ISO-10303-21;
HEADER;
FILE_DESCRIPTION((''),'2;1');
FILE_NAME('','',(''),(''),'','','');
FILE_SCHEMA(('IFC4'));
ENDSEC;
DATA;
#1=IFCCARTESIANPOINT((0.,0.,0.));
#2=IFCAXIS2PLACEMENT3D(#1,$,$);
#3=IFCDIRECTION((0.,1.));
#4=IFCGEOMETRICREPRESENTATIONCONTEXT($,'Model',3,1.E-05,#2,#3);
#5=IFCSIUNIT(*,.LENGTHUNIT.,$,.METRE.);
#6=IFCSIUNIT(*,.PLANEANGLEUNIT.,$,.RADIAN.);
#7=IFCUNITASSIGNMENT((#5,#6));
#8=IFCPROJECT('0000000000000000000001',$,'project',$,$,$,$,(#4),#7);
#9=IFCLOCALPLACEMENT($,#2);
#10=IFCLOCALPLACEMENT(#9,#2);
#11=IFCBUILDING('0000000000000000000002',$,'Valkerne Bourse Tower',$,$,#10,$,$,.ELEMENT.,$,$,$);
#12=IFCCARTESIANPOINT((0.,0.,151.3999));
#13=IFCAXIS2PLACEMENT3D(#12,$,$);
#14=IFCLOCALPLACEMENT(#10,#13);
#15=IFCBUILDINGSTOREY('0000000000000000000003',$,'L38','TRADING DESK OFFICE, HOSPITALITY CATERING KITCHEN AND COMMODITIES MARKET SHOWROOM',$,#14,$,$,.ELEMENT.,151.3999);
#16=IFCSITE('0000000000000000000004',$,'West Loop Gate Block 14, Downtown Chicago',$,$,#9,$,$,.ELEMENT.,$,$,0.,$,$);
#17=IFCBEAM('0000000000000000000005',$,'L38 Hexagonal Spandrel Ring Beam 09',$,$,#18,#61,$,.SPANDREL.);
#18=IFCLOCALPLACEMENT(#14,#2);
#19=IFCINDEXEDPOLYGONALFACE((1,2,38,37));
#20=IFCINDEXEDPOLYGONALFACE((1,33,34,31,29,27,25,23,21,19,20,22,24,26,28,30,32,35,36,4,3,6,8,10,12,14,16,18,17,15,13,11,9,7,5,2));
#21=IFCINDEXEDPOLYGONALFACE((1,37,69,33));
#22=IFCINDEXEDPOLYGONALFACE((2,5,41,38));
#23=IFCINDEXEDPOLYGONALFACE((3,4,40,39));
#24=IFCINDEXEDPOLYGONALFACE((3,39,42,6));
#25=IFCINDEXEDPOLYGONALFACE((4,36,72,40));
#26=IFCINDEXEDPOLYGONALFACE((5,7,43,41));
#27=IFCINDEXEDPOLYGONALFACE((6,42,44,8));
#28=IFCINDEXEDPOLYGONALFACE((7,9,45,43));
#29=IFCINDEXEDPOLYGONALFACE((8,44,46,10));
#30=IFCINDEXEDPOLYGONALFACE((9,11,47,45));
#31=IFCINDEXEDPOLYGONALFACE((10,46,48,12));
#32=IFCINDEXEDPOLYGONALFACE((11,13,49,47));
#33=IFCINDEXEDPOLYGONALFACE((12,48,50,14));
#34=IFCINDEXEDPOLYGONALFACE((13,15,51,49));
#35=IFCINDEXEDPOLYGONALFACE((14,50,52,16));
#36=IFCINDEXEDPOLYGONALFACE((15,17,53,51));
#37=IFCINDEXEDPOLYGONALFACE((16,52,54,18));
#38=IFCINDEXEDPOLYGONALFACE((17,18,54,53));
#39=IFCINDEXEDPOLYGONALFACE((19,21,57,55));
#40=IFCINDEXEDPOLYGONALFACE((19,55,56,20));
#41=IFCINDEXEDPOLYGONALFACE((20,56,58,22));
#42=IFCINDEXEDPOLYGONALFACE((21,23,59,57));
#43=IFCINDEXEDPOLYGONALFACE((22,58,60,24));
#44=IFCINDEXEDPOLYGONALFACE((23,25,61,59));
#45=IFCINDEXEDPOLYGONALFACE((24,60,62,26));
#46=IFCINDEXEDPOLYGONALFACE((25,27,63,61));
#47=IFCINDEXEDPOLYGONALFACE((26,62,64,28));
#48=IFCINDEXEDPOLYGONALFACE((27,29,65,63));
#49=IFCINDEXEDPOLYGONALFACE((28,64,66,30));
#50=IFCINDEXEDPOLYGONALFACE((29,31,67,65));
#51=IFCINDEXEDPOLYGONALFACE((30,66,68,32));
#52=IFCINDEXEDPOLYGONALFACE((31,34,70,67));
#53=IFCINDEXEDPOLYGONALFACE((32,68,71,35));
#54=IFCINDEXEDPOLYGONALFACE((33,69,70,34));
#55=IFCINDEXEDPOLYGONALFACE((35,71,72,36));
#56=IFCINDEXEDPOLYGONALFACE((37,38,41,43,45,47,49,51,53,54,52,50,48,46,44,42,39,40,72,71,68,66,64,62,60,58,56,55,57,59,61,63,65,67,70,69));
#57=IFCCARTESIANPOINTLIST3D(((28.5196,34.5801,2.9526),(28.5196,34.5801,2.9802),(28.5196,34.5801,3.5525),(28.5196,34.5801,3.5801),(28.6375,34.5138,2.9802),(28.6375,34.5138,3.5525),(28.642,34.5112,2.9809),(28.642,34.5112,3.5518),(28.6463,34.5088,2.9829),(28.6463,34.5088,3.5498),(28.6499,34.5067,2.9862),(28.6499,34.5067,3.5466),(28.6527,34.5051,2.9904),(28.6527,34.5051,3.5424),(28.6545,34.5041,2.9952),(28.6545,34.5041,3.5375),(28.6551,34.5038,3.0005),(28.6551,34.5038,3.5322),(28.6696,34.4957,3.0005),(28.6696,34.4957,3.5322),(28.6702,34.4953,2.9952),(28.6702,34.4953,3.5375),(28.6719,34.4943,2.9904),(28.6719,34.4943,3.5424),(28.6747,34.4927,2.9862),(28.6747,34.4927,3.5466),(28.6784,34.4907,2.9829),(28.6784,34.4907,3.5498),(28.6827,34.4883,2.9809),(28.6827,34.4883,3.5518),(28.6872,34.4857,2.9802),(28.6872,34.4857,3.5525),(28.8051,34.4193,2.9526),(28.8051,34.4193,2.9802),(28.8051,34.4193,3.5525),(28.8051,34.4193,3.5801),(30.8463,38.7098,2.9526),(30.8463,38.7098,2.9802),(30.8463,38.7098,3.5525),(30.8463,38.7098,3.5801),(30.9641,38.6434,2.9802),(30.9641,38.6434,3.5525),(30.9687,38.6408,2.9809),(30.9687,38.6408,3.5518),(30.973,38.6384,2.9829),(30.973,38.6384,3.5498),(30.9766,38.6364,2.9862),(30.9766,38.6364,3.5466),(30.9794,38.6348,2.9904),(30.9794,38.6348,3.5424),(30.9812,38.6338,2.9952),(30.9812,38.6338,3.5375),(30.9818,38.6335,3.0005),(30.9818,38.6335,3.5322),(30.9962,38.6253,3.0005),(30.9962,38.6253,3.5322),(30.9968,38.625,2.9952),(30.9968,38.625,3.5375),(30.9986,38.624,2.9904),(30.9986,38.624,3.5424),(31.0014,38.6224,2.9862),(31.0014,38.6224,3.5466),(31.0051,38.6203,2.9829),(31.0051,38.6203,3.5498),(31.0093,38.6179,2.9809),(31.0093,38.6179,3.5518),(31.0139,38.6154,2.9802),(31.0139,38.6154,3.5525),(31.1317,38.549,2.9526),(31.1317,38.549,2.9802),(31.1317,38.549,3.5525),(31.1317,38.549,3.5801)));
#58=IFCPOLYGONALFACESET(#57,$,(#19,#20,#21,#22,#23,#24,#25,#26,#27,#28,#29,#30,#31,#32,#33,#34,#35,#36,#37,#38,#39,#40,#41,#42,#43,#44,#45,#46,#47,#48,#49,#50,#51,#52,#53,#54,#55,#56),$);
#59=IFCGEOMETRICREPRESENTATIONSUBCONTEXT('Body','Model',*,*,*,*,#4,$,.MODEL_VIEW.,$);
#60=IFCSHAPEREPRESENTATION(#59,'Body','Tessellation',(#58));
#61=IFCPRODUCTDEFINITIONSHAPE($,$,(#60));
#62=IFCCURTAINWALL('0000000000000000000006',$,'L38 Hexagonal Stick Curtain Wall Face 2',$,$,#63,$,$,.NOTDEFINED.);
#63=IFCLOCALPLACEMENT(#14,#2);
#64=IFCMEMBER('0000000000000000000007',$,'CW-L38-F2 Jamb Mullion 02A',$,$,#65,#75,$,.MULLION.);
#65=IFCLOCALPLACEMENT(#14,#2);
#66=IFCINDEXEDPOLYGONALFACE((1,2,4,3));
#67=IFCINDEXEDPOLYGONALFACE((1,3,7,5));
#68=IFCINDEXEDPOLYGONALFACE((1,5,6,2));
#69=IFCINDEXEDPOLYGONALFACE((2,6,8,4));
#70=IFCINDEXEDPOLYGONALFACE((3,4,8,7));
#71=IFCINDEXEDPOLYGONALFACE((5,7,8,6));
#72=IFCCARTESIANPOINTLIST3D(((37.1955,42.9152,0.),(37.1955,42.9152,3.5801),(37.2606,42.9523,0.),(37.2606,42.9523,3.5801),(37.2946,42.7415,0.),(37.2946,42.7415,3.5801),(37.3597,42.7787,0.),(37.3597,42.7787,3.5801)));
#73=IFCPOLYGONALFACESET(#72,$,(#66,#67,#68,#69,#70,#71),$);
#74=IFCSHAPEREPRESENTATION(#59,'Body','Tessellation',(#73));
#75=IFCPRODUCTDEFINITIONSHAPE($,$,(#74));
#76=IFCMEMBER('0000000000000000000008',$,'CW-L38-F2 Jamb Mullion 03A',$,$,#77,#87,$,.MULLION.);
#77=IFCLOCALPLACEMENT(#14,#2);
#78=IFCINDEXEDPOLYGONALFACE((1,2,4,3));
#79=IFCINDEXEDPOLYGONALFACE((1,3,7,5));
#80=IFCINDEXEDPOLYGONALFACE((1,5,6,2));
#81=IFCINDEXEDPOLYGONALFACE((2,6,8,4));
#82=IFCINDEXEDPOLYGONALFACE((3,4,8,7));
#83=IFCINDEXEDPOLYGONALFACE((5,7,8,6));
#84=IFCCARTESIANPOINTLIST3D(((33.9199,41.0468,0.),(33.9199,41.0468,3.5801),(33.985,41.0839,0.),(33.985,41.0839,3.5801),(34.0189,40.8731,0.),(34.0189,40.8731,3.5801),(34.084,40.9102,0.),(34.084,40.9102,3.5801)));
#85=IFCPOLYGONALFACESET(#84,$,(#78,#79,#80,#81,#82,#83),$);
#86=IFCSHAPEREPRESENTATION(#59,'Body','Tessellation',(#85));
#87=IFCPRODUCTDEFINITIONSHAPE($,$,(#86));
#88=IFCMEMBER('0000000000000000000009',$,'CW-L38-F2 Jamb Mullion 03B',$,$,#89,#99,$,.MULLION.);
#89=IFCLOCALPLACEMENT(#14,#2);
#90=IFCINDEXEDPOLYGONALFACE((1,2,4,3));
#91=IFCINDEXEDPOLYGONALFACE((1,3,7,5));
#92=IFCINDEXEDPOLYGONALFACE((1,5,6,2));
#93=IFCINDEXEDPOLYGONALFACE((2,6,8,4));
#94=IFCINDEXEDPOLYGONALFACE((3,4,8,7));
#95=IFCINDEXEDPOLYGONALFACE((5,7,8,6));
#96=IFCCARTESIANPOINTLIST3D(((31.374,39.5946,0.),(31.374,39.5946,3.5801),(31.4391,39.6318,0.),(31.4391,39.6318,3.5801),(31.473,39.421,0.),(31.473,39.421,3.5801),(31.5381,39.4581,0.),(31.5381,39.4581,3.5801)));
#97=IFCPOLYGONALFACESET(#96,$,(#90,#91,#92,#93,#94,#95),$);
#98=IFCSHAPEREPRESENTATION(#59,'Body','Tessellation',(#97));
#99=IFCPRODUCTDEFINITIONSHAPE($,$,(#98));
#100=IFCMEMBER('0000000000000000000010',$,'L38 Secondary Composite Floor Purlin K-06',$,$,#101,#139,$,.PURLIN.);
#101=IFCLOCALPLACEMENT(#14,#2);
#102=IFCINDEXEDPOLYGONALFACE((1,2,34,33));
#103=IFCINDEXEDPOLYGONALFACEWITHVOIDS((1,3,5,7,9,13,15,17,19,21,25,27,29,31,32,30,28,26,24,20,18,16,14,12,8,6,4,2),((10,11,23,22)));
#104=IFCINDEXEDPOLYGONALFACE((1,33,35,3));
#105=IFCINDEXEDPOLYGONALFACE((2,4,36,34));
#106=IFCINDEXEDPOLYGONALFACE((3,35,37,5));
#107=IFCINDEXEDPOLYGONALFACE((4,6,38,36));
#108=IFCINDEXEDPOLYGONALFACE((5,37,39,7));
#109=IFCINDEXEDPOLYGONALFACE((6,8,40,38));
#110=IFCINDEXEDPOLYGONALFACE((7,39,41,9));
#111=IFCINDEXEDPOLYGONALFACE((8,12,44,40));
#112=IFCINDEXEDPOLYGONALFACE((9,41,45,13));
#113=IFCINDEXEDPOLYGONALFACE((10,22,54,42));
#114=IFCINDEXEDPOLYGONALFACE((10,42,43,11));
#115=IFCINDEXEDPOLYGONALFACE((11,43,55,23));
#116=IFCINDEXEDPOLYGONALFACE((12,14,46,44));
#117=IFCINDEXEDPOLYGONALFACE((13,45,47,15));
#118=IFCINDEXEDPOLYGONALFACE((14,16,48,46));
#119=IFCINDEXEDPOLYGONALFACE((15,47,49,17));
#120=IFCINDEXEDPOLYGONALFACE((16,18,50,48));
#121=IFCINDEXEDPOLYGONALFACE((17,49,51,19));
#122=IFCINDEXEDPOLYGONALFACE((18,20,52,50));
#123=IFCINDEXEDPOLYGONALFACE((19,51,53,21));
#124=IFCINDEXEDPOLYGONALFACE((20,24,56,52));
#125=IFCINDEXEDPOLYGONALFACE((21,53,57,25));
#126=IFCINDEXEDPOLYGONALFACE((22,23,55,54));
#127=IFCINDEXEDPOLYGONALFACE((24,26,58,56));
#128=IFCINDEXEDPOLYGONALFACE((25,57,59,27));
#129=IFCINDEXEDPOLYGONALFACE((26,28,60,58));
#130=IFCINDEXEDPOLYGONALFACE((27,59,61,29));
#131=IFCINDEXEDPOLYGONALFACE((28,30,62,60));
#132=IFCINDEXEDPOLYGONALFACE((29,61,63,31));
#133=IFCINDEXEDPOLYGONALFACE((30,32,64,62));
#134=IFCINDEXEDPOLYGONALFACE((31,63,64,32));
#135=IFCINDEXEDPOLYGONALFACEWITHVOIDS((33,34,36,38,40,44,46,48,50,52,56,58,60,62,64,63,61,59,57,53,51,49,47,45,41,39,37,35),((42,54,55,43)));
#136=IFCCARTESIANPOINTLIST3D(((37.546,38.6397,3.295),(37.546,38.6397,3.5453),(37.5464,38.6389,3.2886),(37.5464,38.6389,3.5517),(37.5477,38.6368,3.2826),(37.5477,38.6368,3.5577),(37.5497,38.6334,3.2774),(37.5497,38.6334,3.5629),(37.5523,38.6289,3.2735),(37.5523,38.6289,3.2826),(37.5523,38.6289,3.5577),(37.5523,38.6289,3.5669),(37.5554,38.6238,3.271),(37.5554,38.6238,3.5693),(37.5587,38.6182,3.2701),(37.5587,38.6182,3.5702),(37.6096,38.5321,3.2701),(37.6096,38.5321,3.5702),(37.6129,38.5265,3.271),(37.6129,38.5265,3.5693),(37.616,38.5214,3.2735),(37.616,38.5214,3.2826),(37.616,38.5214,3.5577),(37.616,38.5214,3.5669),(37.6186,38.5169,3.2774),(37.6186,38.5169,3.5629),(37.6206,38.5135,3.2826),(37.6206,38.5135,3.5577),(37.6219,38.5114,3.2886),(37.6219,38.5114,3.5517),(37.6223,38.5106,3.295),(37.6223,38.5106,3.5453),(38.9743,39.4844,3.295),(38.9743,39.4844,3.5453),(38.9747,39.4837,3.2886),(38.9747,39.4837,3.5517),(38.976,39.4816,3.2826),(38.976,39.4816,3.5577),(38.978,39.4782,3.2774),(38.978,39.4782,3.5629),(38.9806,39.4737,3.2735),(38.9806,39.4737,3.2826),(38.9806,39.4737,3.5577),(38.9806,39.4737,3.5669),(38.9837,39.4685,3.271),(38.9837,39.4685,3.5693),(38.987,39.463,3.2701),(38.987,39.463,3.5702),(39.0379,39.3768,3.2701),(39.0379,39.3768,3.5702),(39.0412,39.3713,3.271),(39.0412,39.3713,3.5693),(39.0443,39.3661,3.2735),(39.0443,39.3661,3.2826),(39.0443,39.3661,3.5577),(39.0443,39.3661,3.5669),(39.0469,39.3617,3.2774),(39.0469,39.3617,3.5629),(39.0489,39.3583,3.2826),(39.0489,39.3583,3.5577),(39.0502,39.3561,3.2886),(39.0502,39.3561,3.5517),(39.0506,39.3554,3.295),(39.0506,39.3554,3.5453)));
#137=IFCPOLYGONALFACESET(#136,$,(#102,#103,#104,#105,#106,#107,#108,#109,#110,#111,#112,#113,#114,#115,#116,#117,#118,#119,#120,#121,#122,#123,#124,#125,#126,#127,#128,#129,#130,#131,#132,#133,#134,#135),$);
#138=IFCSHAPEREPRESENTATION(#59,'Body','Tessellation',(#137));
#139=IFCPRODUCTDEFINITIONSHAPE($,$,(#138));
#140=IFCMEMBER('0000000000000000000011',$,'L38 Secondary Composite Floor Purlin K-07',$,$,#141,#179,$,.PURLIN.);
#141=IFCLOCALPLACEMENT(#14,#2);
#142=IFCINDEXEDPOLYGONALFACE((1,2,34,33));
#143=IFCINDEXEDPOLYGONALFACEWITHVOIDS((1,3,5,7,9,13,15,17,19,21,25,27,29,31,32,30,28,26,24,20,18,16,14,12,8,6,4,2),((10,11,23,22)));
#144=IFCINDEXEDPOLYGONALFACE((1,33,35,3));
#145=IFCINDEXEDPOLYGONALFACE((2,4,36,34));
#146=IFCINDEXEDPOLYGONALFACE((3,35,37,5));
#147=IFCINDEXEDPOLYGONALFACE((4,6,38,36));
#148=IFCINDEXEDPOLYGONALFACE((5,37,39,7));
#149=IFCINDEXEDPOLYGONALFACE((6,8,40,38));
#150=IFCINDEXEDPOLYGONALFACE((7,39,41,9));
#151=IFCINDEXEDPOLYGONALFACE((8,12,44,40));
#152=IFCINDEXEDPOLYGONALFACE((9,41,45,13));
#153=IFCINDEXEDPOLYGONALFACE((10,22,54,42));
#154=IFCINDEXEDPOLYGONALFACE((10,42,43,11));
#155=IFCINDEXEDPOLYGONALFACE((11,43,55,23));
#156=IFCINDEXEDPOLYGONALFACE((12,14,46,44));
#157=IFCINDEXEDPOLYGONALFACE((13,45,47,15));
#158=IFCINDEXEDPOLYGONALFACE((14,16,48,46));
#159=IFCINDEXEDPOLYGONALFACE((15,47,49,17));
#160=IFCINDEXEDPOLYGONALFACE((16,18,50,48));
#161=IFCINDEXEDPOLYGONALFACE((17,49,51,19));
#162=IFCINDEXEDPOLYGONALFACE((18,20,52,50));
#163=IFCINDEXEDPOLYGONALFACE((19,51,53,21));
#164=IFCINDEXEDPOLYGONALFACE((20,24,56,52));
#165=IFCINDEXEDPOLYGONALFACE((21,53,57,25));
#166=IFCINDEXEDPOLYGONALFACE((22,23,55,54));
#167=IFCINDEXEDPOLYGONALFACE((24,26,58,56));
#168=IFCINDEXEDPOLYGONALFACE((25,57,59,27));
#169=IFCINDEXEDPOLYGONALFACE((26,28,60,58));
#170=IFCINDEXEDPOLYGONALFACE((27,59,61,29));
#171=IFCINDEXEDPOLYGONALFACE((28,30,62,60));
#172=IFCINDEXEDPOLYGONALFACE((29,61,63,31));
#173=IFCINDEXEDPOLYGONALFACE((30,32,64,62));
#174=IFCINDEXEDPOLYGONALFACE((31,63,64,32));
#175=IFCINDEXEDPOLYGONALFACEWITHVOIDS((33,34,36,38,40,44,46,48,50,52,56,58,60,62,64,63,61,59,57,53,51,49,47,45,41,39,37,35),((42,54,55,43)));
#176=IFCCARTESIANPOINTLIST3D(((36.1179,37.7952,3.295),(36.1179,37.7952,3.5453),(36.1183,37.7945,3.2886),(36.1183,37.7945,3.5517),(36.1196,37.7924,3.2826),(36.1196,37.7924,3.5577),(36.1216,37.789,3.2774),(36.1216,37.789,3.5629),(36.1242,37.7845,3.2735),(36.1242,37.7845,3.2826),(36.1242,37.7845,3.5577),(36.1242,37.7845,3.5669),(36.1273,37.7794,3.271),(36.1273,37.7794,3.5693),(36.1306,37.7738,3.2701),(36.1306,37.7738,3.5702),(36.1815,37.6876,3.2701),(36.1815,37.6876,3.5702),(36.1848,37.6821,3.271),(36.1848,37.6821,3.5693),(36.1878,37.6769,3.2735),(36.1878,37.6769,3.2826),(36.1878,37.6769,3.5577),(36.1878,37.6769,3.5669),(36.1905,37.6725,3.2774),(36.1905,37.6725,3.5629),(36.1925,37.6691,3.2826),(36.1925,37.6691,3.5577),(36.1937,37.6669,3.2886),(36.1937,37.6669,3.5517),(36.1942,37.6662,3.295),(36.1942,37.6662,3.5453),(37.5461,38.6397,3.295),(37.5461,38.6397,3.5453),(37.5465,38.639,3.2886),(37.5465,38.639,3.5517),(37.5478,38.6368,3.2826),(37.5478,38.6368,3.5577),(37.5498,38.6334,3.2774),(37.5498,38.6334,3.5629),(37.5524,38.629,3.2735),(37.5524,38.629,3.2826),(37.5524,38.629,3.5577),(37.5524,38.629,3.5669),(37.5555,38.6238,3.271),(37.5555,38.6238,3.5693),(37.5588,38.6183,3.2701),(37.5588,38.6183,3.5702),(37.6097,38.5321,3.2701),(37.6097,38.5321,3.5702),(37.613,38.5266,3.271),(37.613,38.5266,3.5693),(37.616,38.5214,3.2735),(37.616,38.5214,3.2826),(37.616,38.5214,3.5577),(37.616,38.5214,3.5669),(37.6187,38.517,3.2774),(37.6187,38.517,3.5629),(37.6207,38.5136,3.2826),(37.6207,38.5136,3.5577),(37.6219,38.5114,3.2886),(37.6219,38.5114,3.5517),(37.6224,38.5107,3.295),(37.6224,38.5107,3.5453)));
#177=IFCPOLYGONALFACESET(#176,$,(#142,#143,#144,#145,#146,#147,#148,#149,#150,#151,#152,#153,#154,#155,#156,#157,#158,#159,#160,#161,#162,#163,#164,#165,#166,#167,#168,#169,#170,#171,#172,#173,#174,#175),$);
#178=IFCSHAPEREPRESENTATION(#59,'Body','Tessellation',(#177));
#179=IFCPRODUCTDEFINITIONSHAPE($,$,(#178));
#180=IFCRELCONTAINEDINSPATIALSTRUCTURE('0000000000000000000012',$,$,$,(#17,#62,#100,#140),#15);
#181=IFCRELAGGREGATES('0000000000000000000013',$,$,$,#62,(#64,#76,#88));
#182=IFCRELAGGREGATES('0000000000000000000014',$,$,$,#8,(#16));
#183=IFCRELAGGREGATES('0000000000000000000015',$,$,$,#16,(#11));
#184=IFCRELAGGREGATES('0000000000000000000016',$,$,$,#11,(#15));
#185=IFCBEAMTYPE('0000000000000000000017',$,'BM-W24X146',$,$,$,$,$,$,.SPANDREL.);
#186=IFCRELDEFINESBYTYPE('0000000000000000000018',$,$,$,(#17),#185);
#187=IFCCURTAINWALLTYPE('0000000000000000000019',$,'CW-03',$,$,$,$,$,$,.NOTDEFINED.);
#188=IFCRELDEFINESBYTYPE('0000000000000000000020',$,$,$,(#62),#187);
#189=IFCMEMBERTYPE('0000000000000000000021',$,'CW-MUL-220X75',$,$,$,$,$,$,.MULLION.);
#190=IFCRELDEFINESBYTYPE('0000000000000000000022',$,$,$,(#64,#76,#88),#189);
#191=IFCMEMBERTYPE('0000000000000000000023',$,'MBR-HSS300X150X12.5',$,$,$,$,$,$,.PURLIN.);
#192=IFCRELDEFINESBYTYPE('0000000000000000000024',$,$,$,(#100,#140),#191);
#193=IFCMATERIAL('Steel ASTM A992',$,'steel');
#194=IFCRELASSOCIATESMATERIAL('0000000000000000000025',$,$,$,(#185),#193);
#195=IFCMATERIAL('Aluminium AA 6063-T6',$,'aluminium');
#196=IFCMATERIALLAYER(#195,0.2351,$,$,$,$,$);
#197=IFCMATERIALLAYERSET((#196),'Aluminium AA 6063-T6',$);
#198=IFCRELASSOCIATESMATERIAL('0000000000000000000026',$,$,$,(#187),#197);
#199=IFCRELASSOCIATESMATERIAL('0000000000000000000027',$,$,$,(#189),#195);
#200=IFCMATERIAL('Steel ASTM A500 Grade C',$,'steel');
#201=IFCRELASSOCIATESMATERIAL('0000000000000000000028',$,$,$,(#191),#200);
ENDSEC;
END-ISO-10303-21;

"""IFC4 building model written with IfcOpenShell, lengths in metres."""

from ifc_helpers import new_model, si_unit, direction, frame, origin, origin_2d, place, context, subcontext, project, spatial, rectangle, hollow_rectangle, i_section, extrude, material, layer, layer_set, material_profile, profile_set, type_object, element, aggregate, save


model = new_model("IFC4")

# Units and contexts
model_context = context("Model", 3, precision=1e-05, world=origin(), true_north=direction((0.0, 1.0)))
body_context = subcontext(model_context, "Body", "Model", "MODEL_VIEW")
ifc_project = project(units=[si_unit("LENGTHUNIT", "METRE"), si_unit("PLANEANGLEUNIT", "RADIAN")], contexts=[model_context])

# Site, building, storey
site_placement = place(None, origin())
site = spatial("IfcSite", under=ifc_project, at=site_placement, Name="West Loop Gate Block 14, Downtown Chicago", CompositionType="ELEMENT", RefElevation=0.0)
building_placement = place(site_placement, origin())
building = spatial("IfcBuilding", under=site, at=building_placement, Name="Valkerne Bourse Tower", CompositionType="ELEMENT")
storey_placement = place(building_placement, frame((0.0, 0.0, 151.3999)))
storey = spatial("IfcBuildingStorey", under=building, at=storey_placement, Name="L38", Description="TRADING DESK OFFICE, HOSPITALITY CATERING KITCHEN AND COMMODITIES MARKET SHOWROOM", CompositionType="ELEMENT", Elevation=151.3999)

# Beam
ifc_material_1 = material(Name="Steel ASTM A992", Category="steel")
ifc_material_profile_1 = material_profile(ifc_material_1, i_section(OverallWidth=0.3276, OverallDepth=0.6274, WebThickness=0.0166, FlangeThickness=0.0276, FilletRadius=0.0203, at=origin_2d()), Name="W24X146")
ifc_profile_set_1 = profile_set([ifc_material_profile_1], Name="Steel ASTM A992")
beam_type_1 = type_object("IfcBeamType", Name="BM-W24X146", PredefinedType="SPANDREL", material=ifc_profile_set_1)
beam_1_placement = place(storey_placement, frame((30.989, 38.6294, 3.2664), z_axis=(-0.49086, -0.871238, 0.0), x_axis=(0.871238, -0.49086, 0.0)))
element("IfcBeam", 1, at=beam_1_placement, inside=storey, type_object=beam_type_1, Name="L38 Hexagonal Spandrel Ring Beam 09", PredefinedType="SPANDREL", context=body_context, shape_type="SweptSolid", body=[
    extrude(i_section(OverallWidth=0.3276, OverallDepth=0.6274, WebThickness=0.0166, FlangeThickness=0.0276, FilletRadius=0.0203, at=origin_2d()), origin(), (0.0, 0.0, 1.0), 4.74),
])

# Curtain wall, members
ifc_material_2 = material(Name="Aluminium AA 6063-T6", Category="aluminium")
ifc_layer_1 = layer(ifc_material_2, 0.2351)
ifc_layer_set_1 = layer_set([ifc_layer_1], Name="Aluminium AA 6063-T6")
curtain_wall_type = type_object("IfcCurtainWallType", Name="CW-03", PredefinedType="NOTDEFINED", material=ifc_layer_set_1)
curtain_wall_placement = place(storey_placement, origin())
curtain_wall = element("IfcCurtainWall", 2, at=curtain_wall_placement, inside=storey, type_object=curtain_wall_type, Name="L38 Hexagonal Stick Curtain Wall Face 2", PredefinedType="NOTDEFINED")
ifc_material_profile_2 = material_profile(ifc_material_2, rectangle(XDim=0.075, YDim=0.2, at=origin_2d()), Name="CWM-75X200")
ifc_profile_set_2 = profile_set([ifc_material_profile_2], Name="Aluminium AA 6063-T6")
member_type_1 = type_object("IfcMemberType", Name="CW-MUL-220X75", PredefinedType="MULLION", material=ifc_profile_set_2)
member_1_placement = place(storey_placement, frame((37.2776, 42.8469, 0.0), z_axis=(0.0, 0.0, 1.0), x_axis=(-0.868628, -0.495465, 0.0)))
member_1 = element("IfcMember", 3, at=member_1_placement, type_object=member_type_1, Name="CW-L38-F2 Jamb Mullion 02A", PredefinedType="MULLION", context=body_context, shape_type="SweptSolid", body=[
    extrude(rectangle(XDim=0.075, YDim=0.2, at=origin_2d()), origin(), (0.0, 0.0, 1.0), 3.5801),
])
member_2_placement = place(storey_placement, frame((34.002, 40.9785, 0.0), z_axis=(0.0, 0.0, 1.0), x_axis=(-0.868628, -0.495465, 0.0)))
member_2 = element("IfcMember", 4, at=member_2_placement, type_object=member_type_1, Name="CW-L38-F2 Jamb Mullion 03A", PredefinedType="MULLION", context=body_context, shape_type="SweptSolid", body=[
    extrude(rectangle(XDim=0.075, YDim=0.2, at=origin_2d()), origin(), (0.0, 0.0, 1.0), 3.5801),
])
member_3_placement = place(storey_placement, frame((31.4561, 39.5264, 0.0), z_axis=(0.0, 0.0, 1.0), x_axis=(-0.868628, -0.495465, 0.0)))
member_3 = element("IfcMember", 5, at=member_3_placement, type_object=member_type_1, Name="CW-L38-F2 Jamb Mullion 03B", PredefinedType="MULLION", context=body_context, shape_type="SweptSolid", body=[
    extrude(rectangle(XDim=0.075, YDim=0.2, at=origin_2d()), origin(), (0.0, 0.0, 1.0), 3.5801),
])

# Members
ifc_material_3 = material(Name="Steel ASTM A500 Grade C", Category="steel")
ifc_material_profile_3 = material_profile(ifc_material_3, hollow_rectangle(XDim=0.1499, YDim=0.3, WallThickness=0.0125, OuterFilletRadius=0.0249, at=origin_2d()), Name="HSS300X150X12.5")
ifc_profile_set_3 = profile_set([ifc_material_profile_3], Name="Steel ASTM A500 Grade C")
member_type_2 = type_object("IfcMemberType", Name="MBR-HSS300X150X12.5", PredefinedType="PURLIN", material=ifc_profile_set_3)
member_4_placement = place(storey_placement, frame((39.0125, 39.4199, 3.4202), z_axis=(-0.860721, -0.509076, 0.0), x_axis=(0.509076, -0.860721, 0.0)))
element("IfcMember", 6, at=member_4_placement, inside=storey, type_object=member_type_2, Name="L38 Secondary Composite Floor Purlin K-06", PredefinedType="PURLIN", context=body_context, shape_type="SweptSolid", body=[
    extrude(hollow_rectangle(XDim=0.1499, YDim=0.3, WallThickness=0.0125, OuterFilletRadius=0.0249, at=origin_2d()), origin(), (0.0, 0.0, 1.0), 1.6594),
])
member_5_placement = place(storey_placement, frame((37.5842, 38.5752, 3.4202), z_axis=(-0.860786, -0.508967, 0.0), x_axis=(0.508967, -0.860786, 0.0)))
element("IfcMember", 7, at=member_5_placement, inside=storey, type_object=member_type_2, Name="L38 Secondary Composite Floor Purlin K-07", PredefinedType="PURLIN", context=body_context, shape_type="SweptSolid", body=[
    extrude(hollow_rectangle(XDim=0.1499, YDim=0.3, WallThickness=0.0125, OuterFilletRadius=0.0249, at=origin_2d()), origin(), (0.0, 0.0, 1.0), 1.6592),
])

aggregate(curtain_wall, [member_1, member_2, member_3])

save(model, "model.ifc")
